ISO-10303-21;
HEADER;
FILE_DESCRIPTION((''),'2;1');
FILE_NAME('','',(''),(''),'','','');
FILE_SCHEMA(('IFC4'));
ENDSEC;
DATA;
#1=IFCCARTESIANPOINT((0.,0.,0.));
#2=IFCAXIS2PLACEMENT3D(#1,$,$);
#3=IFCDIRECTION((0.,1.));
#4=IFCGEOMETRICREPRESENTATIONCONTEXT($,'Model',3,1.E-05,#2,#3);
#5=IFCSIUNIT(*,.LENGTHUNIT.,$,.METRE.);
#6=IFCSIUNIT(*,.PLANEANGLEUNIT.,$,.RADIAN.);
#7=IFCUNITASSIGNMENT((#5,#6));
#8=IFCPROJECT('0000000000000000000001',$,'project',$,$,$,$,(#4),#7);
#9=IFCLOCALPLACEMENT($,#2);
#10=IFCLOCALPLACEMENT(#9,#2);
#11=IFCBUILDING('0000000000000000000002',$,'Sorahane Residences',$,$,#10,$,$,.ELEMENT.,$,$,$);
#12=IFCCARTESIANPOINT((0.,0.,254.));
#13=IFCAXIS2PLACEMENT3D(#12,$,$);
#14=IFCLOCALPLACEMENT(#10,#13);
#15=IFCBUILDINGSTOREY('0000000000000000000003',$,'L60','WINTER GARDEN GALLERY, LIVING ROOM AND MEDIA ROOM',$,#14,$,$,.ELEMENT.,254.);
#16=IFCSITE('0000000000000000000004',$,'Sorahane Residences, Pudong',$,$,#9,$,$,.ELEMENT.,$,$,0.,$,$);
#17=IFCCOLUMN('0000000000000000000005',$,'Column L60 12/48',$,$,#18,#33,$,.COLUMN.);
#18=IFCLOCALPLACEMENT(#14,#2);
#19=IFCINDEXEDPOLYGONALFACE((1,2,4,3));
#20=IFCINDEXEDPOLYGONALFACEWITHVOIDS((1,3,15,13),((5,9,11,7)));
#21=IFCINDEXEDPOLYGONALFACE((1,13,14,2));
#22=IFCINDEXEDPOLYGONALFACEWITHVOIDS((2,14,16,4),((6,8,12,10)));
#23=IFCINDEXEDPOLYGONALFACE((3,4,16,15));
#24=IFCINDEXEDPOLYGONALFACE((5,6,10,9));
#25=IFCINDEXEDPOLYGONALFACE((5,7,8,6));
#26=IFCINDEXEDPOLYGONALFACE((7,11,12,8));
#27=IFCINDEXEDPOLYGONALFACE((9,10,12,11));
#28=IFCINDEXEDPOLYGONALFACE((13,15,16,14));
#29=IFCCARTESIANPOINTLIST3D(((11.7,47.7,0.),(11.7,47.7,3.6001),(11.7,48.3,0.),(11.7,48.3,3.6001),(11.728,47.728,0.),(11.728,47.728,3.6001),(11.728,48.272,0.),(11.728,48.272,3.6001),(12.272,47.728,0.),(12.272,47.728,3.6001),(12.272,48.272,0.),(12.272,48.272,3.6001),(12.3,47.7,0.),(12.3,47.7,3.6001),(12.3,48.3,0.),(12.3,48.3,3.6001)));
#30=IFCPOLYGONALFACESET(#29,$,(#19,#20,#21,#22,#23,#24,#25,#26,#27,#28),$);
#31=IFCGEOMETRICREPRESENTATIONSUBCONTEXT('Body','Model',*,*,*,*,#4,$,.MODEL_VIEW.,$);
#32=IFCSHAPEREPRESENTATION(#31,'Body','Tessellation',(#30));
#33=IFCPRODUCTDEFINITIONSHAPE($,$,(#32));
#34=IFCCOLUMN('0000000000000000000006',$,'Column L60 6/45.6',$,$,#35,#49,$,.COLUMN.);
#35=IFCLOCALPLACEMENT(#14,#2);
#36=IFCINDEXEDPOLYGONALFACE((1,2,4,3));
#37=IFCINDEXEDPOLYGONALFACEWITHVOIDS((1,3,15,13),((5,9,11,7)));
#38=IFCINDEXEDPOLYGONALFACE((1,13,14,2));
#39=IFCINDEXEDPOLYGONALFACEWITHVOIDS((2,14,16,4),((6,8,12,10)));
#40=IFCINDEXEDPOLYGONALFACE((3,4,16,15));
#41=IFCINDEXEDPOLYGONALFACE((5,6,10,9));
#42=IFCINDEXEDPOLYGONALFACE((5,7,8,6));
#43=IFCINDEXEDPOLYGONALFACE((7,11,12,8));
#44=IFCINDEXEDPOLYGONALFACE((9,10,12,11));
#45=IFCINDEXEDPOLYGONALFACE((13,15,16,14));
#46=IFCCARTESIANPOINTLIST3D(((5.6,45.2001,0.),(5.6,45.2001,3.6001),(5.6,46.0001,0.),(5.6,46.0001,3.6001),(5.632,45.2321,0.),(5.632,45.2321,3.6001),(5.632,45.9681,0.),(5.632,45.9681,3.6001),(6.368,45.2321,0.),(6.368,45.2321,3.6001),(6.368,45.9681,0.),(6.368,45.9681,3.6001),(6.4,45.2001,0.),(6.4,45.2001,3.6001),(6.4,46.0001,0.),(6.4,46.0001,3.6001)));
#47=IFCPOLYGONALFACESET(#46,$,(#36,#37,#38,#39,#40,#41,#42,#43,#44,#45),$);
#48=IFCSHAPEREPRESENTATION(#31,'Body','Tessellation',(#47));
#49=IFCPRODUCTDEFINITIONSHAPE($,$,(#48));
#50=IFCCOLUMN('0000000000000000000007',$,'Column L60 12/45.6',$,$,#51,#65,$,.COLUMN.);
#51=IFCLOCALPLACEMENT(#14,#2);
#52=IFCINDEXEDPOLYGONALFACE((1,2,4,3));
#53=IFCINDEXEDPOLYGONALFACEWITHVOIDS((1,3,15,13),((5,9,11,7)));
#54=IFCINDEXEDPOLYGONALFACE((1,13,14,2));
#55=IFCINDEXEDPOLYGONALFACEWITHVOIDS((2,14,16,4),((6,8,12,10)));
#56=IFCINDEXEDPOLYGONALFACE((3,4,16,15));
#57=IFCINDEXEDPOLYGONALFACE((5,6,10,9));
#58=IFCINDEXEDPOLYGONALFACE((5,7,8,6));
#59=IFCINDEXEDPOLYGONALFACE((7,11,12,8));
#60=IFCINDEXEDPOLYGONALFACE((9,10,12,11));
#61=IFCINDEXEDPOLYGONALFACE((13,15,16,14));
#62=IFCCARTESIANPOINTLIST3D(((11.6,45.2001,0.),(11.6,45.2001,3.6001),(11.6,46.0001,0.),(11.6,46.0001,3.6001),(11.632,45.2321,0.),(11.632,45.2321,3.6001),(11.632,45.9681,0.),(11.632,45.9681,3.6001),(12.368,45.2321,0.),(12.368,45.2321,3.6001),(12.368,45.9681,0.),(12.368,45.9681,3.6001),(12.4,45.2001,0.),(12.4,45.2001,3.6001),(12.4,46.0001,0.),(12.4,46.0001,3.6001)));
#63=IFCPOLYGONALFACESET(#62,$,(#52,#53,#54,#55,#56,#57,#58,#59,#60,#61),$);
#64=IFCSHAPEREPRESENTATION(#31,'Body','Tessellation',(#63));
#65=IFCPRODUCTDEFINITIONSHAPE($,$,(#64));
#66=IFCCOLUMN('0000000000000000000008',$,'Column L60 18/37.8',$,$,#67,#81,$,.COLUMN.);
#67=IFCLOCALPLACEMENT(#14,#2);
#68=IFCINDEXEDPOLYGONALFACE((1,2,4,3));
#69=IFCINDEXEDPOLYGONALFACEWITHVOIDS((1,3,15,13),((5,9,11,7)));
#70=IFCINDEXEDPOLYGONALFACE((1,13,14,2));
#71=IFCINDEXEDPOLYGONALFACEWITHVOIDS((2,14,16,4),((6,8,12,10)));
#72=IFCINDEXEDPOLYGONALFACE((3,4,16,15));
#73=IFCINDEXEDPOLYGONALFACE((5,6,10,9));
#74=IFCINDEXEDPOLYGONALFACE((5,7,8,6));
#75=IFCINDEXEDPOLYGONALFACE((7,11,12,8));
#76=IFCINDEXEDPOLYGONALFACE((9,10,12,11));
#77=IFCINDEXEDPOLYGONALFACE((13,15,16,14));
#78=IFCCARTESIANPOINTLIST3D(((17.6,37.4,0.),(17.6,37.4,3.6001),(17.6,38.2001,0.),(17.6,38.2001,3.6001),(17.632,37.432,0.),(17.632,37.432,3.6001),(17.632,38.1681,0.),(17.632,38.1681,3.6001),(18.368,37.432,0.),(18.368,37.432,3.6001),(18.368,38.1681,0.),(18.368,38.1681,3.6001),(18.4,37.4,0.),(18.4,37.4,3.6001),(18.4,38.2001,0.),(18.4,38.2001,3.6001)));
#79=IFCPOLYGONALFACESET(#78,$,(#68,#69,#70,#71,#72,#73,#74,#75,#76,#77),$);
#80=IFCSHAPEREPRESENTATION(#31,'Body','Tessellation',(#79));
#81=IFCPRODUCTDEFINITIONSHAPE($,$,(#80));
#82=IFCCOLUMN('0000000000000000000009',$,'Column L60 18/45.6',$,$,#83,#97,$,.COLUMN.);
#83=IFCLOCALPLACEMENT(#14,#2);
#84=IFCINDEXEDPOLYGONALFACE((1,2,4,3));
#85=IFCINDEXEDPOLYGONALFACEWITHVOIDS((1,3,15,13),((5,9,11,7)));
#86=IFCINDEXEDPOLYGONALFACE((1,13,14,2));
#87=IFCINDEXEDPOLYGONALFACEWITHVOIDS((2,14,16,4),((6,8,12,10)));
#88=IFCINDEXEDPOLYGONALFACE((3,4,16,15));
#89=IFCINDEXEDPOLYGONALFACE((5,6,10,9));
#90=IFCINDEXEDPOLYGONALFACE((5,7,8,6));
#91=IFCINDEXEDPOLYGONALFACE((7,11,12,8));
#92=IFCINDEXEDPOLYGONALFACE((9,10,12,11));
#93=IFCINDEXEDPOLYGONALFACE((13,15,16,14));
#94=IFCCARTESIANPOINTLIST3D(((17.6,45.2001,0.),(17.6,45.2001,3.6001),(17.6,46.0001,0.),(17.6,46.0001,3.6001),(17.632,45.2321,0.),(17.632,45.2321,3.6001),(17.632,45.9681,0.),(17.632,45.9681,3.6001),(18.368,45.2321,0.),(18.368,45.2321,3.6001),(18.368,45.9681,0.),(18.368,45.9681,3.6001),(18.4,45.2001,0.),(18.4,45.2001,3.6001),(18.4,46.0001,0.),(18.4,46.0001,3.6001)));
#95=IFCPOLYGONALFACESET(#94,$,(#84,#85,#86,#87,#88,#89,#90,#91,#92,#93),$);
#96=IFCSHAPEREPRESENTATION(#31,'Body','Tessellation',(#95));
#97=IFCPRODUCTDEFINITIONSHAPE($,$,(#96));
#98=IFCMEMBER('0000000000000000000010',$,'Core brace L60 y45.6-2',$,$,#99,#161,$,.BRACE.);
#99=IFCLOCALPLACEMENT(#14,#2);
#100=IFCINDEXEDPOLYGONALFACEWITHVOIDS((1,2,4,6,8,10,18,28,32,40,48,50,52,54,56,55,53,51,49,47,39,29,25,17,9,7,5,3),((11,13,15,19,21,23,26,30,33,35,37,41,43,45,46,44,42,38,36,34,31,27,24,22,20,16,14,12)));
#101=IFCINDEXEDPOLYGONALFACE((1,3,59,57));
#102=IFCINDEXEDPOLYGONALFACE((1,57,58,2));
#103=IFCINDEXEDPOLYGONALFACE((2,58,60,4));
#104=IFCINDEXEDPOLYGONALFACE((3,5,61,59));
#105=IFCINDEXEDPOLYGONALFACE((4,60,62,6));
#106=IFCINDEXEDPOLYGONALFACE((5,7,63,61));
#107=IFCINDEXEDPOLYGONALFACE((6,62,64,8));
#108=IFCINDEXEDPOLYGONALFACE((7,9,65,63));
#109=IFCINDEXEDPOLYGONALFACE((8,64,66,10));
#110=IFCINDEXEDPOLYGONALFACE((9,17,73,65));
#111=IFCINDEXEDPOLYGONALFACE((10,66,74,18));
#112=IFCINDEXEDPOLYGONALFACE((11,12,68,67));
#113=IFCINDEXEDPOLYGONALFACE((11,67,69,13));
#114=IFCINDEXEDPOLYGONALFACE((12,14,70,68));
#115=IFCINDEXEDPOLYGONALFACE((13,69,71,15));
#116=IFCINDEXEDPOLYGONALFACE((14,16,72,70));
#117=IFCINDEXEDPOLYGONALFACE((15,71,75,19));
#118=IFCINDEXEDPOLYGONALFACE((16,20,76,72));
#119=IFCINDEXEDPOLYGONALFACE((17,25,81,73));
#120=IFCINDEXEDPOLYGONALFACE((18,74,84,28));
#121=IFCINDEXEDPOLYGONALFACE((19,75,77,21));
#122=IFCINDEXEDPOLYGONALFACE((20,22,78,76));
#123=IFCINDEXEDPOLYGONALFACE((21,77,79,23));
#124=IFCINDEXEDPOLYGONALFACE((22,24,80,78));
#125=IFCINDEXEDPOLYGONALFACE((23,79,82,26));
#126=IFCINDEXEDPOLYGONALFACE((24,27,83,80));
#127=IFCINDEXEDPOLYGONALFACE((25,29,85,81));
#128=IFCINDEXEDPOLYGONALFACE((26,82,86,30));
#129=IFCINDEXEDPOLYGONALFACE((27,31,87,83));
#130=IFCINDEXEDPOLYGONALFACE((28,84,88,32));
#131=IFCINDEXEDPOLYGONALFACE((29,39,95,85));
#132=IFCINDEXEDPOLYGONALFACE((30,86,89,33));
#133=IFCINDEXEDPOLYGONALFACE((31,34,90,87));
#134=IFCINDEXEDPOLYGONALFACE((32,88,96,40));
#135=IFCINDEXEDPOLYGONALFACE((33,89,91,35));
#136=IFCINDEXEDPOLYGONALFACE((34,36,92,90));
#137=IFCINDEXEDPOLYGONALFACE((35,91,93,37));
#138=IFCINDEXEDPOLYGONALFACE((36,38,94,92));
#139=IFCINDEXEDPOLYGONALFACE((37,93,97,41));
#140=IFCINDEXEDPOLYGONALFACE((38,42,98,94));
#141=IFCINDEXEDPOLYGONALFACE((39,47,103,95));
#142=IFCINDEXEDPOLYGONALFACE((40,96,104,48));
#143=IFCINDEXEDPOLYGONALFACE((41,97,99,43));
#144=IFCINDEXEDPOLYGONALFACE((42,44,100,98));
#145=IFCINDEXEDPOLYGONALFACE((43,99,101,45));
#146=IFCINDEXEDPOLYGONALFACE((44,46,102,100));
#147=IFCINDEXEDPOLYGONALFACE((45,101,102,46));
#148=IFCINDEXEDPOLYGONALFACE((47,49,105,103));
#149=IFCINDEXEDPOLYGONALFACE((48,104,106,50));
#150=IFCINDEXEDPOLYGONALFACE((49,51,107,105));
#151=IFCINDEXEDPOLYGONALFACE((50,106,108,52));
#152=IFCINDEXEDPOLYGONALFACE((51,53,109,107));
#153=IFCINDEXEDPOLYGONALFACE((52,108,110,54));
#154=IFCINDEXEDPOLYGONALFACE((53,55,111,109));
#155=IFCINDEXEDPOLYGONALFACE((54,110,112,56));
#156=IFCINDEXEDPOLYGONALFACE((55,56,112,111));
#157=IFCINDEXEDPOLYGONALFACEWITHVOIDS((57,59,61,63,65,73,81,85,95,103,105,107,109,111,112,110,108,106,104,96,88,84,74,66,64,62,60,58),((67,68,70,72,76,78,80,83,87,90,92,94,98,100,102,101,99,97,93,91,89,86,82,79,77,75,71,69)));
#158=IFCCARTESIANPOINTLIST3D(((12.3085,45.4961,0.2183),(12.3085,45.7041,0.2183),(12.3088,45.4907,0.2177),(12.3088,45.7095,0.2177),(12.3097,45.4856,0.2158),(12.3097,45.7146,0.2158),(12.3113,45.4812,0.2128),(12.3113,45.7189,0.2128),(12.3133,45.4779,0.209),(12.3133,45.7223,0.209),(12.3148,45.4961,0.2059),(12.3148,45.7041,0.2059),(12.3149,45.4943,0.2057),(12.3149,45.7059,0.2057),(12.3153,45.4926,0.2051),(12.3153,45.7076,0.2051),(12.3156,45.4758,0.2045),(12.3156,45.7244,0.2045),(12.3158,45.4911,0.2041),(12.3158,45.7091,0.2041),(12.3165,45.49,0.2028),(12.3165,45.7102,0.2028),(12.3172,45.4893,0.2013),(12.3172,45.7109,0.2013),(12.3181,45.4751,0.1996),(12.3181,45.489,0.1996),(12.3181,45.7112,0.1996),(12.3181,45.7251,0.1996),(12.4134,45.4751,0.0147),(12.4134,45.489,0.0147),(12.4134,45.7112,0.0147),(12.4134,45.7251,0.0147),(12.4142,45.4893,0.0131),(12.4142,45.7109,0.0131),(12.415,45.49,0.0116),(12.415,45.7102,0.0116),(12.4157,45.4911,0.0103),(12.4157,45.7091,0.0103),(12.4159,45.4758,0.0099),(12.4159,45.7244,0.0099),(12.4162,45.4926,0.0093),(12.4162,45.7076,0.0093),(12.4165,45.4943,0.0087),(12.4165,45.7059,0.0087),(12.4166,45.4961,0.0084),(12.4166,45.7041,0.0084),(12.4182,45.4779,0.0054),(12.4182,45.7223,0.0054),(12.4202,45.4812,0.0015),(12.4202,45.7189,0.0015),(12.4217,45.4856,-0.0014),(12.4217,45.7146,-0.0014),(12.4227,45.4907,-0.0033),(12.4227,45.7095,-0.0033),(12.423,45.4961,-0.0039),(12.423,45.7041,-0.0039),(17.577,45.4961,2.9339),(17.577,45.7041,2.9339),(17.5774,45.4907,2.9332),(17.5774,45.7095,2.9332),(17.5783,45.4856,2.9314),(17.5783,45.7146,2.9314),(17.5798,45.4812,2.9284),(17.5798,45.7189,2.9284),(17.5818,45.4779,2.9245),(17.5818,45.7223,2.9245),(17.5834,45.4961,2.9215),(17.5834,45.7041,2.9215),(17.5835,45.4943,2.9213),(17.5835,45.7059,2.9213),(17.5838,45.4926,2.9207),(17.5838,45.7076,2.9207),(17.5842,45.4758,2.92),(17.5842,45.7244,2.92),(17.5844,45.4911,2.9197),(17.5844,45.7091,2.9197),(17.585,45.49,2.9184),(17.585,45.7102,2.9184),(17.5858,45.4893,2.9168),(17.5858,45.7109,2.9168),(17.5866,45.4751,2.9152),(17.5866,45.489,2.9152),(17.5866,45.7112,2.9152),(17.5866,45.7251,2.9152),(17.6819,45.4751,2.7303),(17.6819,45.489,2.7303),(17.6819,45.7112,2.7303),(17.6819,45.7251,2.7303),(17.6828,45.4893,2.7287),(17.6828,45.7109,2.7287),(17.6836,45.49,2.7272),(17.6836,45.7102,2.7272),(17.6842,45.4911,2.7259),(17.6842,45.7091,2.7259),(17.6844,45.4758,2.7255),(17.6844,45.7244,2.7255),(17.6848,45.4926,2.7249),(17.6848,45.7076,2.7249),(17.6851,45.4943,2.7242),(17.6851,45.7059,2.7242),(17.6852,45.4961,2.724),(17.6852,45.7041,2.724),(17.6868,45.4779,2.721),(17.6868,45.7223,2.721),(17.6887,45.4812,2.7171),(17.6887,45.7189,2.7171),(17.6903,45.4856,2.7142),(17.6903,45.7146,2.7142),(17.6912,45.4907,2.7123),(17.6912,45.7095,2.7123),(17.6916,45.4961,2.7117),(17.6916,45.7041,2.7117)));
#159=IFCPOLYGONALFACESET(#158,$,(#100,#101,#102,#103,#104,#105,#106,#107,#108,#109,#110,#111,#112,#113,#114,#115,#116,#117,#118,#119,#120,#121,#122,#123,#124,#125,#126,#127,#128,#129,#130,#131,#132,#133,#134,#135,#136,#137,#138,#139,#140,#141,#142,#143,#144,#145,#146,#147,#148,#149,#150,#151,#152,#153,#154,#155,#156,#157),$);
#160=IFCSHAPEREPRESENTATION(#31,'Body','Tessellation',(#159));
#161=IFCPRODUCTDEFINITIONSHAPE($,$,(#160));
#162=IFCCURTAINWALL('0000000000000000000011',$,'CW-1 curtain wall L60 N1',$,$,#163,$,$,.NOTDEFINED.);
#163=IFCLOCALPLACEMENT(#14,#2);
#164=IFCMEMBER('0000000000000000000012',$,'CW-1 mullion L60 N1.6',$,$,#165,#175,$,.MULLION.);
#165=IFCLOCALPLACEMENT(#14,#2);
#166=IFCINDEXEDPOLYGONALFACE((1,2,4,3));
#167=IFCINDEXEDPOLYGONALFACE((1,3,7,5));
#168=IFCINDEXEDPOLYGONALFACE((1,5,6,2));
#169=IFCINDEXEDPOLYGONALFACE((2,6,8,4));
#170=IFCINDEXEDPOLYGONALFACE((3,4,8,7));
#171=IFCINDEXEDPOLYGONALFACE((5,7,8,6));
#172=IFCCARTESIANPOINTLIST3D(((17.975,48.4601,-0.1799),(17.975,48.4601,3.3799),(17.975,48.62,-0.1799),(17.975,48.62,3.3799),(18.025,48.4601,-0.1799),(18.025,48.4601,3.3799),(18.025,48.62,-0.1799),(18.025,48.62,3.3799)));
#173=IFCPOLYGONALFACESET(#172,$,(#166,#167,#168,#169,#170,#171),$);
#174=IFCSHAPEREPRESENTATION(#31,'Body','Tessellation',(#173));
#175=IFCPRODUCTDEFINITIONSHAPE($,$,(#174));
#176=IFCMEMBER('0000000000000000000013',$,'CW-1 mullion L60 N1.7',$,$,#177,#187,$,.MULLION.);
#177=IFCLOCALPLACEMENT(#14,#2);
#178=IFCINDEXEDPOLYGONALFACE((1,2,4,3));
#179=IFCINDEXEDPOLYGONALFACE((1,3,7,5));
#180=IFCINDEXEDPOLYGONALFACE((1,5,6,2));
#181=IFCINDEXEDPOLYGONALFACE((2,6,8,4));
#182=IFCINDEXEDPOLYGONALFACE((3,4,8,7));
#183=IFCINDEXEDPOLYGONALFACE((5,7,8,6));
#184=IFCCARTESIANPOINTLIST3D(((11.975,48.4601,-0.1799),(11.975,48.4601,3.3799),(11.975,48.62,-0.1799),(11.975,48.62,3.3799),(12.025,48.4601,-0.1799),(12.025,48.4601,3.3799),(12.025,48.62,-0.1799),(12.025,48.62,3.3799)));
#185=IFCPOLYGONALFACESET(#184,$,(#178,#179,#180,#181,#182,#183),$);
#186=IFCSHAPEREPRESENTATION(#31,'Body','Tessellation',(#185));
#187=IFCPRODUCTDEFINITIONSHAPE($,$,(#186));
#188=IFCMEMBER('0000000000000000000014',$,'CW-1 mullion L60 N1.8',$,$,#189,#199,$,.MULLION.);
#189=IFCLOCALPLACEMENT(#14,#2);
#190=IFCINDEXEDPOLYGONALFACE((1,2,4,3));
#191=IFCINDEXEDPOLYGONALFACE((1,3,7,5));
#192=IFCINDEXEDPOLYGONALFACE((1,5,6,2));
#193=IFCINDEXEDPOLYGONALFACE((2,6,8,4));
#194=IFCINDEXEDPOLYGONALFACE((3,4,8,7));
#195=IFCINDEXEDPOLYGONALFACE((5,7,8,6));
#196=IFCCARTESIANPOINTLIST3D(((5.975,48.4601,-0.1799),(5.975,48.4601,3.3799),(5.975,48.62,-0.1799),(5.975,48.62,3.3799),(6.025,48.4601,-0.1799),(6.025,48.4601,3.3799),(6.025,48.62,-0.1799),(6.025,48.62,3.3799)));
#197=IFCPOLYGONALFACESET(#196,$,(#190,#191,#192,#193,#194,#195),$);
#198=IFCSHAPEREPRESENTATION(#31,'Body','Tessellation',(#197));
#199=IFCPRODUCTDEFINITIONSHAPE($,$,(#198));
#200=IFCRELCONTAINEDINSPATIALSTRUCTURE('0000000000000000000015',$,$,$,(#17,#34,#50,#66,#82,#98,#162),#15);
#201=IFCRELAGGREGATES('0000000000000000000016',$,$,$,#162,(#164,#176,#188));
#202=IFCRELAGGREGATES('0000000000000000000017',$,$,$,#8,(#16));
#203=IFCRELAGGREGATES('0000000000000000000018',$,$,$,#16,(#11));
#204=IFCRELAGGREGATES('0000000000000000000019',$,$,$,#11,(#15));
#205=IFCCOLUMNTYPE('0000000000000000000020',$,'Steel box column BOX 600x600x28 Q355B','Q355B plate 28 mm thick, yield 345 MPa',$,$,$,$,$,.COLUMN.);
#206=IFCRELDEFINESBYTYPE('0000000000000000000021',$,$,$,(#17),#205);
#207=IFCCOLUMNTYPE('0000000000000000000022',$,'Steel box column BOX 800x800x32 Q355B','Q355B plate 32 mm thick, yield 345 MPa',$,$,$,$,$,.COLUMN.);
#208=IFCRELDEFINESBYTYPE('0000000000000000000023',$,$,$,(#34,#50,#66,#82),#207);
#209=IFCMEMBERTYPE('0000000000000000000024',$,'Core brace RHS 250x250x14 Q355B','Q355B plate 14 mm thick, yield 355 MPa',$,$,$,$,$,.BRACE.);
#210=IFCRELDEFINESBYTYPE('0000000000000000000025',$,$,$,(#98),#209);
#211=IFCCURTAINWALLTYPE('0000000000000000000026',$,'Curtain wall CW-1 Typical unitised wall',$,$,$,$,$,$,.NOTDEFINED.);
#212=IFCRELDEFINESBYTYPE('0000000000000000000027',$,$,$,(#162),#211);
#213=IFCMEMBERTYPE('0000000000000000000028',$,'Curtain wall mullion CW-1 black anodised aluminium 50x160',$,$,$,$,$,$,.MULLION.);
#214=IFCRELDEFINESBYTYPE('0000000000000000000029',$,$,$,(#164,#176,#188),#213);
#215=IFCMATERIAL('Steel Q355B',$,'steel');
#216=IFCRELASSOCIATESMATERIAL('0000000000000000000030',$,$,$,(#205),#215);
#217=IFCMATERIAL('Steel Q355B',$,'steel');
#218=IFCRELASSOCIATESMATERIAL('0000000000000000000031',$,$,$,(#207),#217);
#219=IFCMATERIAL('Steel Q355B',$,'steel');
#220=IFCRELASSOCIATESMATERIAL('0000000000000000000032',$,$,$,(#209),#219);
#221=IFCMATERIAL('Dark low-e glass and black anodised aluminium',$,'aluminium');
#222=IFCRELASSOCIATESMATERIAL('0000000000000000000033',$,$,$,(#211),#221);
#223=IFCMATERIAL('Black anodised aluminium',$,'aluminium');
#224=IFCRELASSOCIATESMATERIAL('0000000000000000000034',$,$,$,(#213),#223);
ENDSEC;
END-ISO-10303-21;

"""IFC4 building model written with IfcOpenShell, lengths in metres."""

from ifc_helpers import new_model, si_unit, direction, frame, origin, origin_2d, place, context, subcontext, project, spatial, rectangle, hollow_rectangle, extrude, material, material_profile, profile_set, type_object, element, aggregate, save


model = new_model("IFC4")

# Units and contexts
model_context = context("Model", 3, precision=1e-05, world=origin(), true_north=direction((0.0, 1.0)))
body_context = subcontext(model_context, "Body", "Model", "MODEL_VIEW")
ifc_project = project(units=[si_unit("LENGTHUNIT", "METRE"), si_unit("PLANEANGLEUNIT", "RADIAN")], contexts=[model_context])

# Site, building, storey
site_placement = place(None, origin())
site = spatial("IfcSite", under=ifc_project, at=site_placement, Name="Sorahane Residences, Pudong", CompositionType="ELEMENT", RefElevation=0.0)
building_placement = place(site_placement, origin())
building = spatial("IfcBuilding", under=site, at=building_placement, Name="Sorahane Residences", CompositionType="ELEMENT")
storey_placement = place(building_placement, frame((0.0, 0.0, 254.0)))
storey = spatial("IfcBuildingStorey", under=building, at=storey_placement, Name="L60", Description="WINTER GARDEN GALLERY, LIVING ROOM AND MEDIA ROOM", CompositionType="ELEMENT", Elevation=254.0)

# Columns
ifc_material_1 = material(Name="Steel Q355B", Category="steel")
ifc_material_profile_1 = material_profile(ifc_material_1, hollow_rectangle(XDim=0.6001, YDim=0.6001, WallThickness=0.0281, at=origin_2d()), Name="BOX 600x600x28")
ifc_profile_set_1 = profile_set([ifc_material_profile_1], Name="Steel Q355B")
column_type_1 = type_object("IfcColumnType", Name="Steel box column BOX 600x600x28 Q355B", Description="Q355B plate 28 mm thick, yield 345 MPa", PredefinedType="COLUMN", material=ifc_profile_set_1)
column_placement = place(storey_placement, frame((12.0, 48.0, 0.0), z_axis=(0.0, 0.0, 1.0), x_axis=(1.0, 0.0, 0.0)))
element("IfcColumn", 1, at=column_placement, inside=storey, type_object=column_type_1, Name="Column L60 12/48", PredefinedType="COLUMN", context=body_context, shape_type="SweptSolid", body=[
    extrude(hollow_rectangle(XDim=0.6001, YDim=0.6001, WallThickness=0.0281, at=origin_2d()), origin(), (0.0, 0.0, 1.0), 3.6001),
])
ifc_material_2 = material(Name="Steel Q355B", Category="steel")
ifc_material_profile_2 = material_profile(ifc_material_2, hollow_rectangle(XDim=0.8, YDim=0.8, WallThickness=0.032, at=origin_2d()), Name="BOX 800x800x32")
ifc_profile_set_2 = profile_set([ifc_material_profile_2], Name="Steel Q355B")
column_type_2 = type_object("IfcColumnType", Name="Steel box column BOX 800x800x32 Q355B", Description="Q355B plate 32 mm thick, yield 345 MPa", PredefinedType="COLUMN", material=ifc_profile_set_2)
for number, where, z_axis, x_axis, name in (
    (2, (6.0, 45.6001, 0.0), (0.0, 0.0, 1.0), (1.0, 0.0, 0.0), "Column L60 6/45.6"),
    (3, (12.0, 45.6001, 0.0), (0.0, 0.0, 1.0), (1.0, 0.0, 0.0), "Column L60 12/45.6"),
    (4, (18.0, 37.8, 0.0), (0.0, 0.0, 1.0), (1.0, 0.0, 0.0), "Column L60 18/37.8"),
    (5, (18.0, 45.6001, 0.0), (0.0, 0.0, 1.0), (1.0, 0.0, 0.0), "Column L60 18/45.6"),
):
    element("IfcColumn", number, at=place(storey_placement, frame(where, z_axis=z_axis, x_axis=x_axis)), inside=storey, type_object=column_type_2, Name=name, PredefinedType="COLUMN", context=body_context, shape_type="SweptSolid", body=[
        extrude(hollow_rectangle(XDim=0.8, YDim=0.8, WallThickness=0.032, at=origin_2d()), origin(), (0.0, 0.0, 1.0), 3.6001),
    ])

# Member
ifc_material_3 = material(Name="Steel Q355B", Category="steel")
ifc_material_profile_3 = material_profile(ifc_material_3, hollow_rectangle(XDim=0.25, YDim=0.25, WallThickness=0.0139, InnerFilletRadius=0.0071, OuterFilletRadius=0.021, at=origin_2d()), Name="RHS 250x250x14")
ifc_profile_set_3 = profile_set([ifc_material_profile_3], Name="Steel Q355B")
member_type_1 = type_object("IfcMemberType", Name="Core brace RHS 250x250x14 Q355B", Description="Q355B plate 14 mm thick, yield 355 MPa", PredefinedType="BRACE", material=ifc_profile_set_3)
member_1_placement = place(storey_placement, frame((12.3657, 45.6001, 0.1072), z_axis=(0.888873, 0.0, 0.458153), x_axis=(0.0, 1.0, 0.0)))
element("IfcMember", 6, at=member_1_placement, inside=storey, type_object=member_type_1, Name="Core brace L60 y45.6-2", PredefinedType="BRACE", context=body_context, shape_type="SweptSolid", body=[
    extrude(hollow_rectangle(XDim=0.25, YDim=0.25, WallThickness=0.0139, InnerFilletRadius=0.0071, OuterFilletRadius=0.021, at=origin_2d()), origin(), (0.0, 0.0, 1.0), 5.9272),
])

# Curtain wall, members
ifc_material_4 = material(Name="Dark low-e glass and black anodised aluminium", Category="aluminium")
curtain_wall_type = type_object("IfcCurtainWallType", Name="Curtain wall CW-1 Typical unitised wall", PredefinedType="NOTDEFINED", material=ifc_material_4)
curtain_wall_placement = place(storey_placement, origin())
curtain_wall = element("IfcCurtainWall", 7, at=curtain_wall_placement, inside=storey, type_object=curtain_wall_type, Name="CW-1 curtain wall L60 N1", PredefinedType="NOTDEFINED")
ifc_material_5 = material(Name="Black anodised aluminium", Category="aluminium")
ifc_material_profile_4 = material_profile(ifc_material_5, rectangle(XDim=0.1599, YDim=0.05, at=origin_2d()), Name="Curtain wall mullion CW-1 black anodised aluminium 50x160")
ifc_profile_set_4 = profile_set([ifc_material_profile_4], Name="Black anodised aluminium")
member_type_2 = type_object("IfcMemberType", Name="Curtain wall mullion CW-1 black anodised aluminium 50x160", PredefinedType="MULLION", material=ifc_profile_set_4)
member_2_placement = place(storey_placement, frame((18.0, 48.54, -0.1799), z_axis=(0.0, 0.0, 1.0), x_axis=(0.0, 1.0, 0.0)))
member_2 = element("IfcMember", 8, at=member_2_placement, type_object=member_type_2, Name="CW-1 mullion L60 N1.6", PredefinedType="MULLION", context=body_context, shape_type="SweptSolid", body=[
    extrude(rectangle(XDim=0.1599, YDim=0.05, at=origin_2d()), origin(), (0.0, 0.0, 1.0), 3.5598),
])
member_3_placement = place(storey_placement, frame((12.0, 48.54, -0.1799), z_axis=(0.0, 0.0, 1.0), x_axis=(0.0, 1.0, 0.0)))
member_3 = element("IfcMember", 9, at=member_3_placement, type_object=member_type_2, Name="CW-1 mullion L60 N1.7", PredefinedType="MULLION", context=body_context, shape_type="SweptSolid", body=[
    extrude(rectangle(XDim=0.1599, YDim=0.05, at=origin_2d()), origin(), (0.0, 0.0, 1.0), 3.5598),
])
member_4_placement = place(storey_placement, frame((6.0, 48.54, -0.1799), z_axis=(0.0, 0.0, 1.0), x_axis=(0.0, 1.0, 0.0)))
member_4 = element("IfcMember", 10, at=member_4_placement, type_object=member_type_2, Name="CW-1 mullion L60 N1.8", PredefinedType="MULLION", context=body_context, shape_type="SweptSolid", body=[
    extrude(rectangle(XDim=0.1599, YDim=0.05, at=origin_2d()), origin(), (0.0, 0.0, 1.0), 3.5598),
])

aggregate(curtain_wall, [member_2, member_3, member_4])

save(model, "model.ifc")
